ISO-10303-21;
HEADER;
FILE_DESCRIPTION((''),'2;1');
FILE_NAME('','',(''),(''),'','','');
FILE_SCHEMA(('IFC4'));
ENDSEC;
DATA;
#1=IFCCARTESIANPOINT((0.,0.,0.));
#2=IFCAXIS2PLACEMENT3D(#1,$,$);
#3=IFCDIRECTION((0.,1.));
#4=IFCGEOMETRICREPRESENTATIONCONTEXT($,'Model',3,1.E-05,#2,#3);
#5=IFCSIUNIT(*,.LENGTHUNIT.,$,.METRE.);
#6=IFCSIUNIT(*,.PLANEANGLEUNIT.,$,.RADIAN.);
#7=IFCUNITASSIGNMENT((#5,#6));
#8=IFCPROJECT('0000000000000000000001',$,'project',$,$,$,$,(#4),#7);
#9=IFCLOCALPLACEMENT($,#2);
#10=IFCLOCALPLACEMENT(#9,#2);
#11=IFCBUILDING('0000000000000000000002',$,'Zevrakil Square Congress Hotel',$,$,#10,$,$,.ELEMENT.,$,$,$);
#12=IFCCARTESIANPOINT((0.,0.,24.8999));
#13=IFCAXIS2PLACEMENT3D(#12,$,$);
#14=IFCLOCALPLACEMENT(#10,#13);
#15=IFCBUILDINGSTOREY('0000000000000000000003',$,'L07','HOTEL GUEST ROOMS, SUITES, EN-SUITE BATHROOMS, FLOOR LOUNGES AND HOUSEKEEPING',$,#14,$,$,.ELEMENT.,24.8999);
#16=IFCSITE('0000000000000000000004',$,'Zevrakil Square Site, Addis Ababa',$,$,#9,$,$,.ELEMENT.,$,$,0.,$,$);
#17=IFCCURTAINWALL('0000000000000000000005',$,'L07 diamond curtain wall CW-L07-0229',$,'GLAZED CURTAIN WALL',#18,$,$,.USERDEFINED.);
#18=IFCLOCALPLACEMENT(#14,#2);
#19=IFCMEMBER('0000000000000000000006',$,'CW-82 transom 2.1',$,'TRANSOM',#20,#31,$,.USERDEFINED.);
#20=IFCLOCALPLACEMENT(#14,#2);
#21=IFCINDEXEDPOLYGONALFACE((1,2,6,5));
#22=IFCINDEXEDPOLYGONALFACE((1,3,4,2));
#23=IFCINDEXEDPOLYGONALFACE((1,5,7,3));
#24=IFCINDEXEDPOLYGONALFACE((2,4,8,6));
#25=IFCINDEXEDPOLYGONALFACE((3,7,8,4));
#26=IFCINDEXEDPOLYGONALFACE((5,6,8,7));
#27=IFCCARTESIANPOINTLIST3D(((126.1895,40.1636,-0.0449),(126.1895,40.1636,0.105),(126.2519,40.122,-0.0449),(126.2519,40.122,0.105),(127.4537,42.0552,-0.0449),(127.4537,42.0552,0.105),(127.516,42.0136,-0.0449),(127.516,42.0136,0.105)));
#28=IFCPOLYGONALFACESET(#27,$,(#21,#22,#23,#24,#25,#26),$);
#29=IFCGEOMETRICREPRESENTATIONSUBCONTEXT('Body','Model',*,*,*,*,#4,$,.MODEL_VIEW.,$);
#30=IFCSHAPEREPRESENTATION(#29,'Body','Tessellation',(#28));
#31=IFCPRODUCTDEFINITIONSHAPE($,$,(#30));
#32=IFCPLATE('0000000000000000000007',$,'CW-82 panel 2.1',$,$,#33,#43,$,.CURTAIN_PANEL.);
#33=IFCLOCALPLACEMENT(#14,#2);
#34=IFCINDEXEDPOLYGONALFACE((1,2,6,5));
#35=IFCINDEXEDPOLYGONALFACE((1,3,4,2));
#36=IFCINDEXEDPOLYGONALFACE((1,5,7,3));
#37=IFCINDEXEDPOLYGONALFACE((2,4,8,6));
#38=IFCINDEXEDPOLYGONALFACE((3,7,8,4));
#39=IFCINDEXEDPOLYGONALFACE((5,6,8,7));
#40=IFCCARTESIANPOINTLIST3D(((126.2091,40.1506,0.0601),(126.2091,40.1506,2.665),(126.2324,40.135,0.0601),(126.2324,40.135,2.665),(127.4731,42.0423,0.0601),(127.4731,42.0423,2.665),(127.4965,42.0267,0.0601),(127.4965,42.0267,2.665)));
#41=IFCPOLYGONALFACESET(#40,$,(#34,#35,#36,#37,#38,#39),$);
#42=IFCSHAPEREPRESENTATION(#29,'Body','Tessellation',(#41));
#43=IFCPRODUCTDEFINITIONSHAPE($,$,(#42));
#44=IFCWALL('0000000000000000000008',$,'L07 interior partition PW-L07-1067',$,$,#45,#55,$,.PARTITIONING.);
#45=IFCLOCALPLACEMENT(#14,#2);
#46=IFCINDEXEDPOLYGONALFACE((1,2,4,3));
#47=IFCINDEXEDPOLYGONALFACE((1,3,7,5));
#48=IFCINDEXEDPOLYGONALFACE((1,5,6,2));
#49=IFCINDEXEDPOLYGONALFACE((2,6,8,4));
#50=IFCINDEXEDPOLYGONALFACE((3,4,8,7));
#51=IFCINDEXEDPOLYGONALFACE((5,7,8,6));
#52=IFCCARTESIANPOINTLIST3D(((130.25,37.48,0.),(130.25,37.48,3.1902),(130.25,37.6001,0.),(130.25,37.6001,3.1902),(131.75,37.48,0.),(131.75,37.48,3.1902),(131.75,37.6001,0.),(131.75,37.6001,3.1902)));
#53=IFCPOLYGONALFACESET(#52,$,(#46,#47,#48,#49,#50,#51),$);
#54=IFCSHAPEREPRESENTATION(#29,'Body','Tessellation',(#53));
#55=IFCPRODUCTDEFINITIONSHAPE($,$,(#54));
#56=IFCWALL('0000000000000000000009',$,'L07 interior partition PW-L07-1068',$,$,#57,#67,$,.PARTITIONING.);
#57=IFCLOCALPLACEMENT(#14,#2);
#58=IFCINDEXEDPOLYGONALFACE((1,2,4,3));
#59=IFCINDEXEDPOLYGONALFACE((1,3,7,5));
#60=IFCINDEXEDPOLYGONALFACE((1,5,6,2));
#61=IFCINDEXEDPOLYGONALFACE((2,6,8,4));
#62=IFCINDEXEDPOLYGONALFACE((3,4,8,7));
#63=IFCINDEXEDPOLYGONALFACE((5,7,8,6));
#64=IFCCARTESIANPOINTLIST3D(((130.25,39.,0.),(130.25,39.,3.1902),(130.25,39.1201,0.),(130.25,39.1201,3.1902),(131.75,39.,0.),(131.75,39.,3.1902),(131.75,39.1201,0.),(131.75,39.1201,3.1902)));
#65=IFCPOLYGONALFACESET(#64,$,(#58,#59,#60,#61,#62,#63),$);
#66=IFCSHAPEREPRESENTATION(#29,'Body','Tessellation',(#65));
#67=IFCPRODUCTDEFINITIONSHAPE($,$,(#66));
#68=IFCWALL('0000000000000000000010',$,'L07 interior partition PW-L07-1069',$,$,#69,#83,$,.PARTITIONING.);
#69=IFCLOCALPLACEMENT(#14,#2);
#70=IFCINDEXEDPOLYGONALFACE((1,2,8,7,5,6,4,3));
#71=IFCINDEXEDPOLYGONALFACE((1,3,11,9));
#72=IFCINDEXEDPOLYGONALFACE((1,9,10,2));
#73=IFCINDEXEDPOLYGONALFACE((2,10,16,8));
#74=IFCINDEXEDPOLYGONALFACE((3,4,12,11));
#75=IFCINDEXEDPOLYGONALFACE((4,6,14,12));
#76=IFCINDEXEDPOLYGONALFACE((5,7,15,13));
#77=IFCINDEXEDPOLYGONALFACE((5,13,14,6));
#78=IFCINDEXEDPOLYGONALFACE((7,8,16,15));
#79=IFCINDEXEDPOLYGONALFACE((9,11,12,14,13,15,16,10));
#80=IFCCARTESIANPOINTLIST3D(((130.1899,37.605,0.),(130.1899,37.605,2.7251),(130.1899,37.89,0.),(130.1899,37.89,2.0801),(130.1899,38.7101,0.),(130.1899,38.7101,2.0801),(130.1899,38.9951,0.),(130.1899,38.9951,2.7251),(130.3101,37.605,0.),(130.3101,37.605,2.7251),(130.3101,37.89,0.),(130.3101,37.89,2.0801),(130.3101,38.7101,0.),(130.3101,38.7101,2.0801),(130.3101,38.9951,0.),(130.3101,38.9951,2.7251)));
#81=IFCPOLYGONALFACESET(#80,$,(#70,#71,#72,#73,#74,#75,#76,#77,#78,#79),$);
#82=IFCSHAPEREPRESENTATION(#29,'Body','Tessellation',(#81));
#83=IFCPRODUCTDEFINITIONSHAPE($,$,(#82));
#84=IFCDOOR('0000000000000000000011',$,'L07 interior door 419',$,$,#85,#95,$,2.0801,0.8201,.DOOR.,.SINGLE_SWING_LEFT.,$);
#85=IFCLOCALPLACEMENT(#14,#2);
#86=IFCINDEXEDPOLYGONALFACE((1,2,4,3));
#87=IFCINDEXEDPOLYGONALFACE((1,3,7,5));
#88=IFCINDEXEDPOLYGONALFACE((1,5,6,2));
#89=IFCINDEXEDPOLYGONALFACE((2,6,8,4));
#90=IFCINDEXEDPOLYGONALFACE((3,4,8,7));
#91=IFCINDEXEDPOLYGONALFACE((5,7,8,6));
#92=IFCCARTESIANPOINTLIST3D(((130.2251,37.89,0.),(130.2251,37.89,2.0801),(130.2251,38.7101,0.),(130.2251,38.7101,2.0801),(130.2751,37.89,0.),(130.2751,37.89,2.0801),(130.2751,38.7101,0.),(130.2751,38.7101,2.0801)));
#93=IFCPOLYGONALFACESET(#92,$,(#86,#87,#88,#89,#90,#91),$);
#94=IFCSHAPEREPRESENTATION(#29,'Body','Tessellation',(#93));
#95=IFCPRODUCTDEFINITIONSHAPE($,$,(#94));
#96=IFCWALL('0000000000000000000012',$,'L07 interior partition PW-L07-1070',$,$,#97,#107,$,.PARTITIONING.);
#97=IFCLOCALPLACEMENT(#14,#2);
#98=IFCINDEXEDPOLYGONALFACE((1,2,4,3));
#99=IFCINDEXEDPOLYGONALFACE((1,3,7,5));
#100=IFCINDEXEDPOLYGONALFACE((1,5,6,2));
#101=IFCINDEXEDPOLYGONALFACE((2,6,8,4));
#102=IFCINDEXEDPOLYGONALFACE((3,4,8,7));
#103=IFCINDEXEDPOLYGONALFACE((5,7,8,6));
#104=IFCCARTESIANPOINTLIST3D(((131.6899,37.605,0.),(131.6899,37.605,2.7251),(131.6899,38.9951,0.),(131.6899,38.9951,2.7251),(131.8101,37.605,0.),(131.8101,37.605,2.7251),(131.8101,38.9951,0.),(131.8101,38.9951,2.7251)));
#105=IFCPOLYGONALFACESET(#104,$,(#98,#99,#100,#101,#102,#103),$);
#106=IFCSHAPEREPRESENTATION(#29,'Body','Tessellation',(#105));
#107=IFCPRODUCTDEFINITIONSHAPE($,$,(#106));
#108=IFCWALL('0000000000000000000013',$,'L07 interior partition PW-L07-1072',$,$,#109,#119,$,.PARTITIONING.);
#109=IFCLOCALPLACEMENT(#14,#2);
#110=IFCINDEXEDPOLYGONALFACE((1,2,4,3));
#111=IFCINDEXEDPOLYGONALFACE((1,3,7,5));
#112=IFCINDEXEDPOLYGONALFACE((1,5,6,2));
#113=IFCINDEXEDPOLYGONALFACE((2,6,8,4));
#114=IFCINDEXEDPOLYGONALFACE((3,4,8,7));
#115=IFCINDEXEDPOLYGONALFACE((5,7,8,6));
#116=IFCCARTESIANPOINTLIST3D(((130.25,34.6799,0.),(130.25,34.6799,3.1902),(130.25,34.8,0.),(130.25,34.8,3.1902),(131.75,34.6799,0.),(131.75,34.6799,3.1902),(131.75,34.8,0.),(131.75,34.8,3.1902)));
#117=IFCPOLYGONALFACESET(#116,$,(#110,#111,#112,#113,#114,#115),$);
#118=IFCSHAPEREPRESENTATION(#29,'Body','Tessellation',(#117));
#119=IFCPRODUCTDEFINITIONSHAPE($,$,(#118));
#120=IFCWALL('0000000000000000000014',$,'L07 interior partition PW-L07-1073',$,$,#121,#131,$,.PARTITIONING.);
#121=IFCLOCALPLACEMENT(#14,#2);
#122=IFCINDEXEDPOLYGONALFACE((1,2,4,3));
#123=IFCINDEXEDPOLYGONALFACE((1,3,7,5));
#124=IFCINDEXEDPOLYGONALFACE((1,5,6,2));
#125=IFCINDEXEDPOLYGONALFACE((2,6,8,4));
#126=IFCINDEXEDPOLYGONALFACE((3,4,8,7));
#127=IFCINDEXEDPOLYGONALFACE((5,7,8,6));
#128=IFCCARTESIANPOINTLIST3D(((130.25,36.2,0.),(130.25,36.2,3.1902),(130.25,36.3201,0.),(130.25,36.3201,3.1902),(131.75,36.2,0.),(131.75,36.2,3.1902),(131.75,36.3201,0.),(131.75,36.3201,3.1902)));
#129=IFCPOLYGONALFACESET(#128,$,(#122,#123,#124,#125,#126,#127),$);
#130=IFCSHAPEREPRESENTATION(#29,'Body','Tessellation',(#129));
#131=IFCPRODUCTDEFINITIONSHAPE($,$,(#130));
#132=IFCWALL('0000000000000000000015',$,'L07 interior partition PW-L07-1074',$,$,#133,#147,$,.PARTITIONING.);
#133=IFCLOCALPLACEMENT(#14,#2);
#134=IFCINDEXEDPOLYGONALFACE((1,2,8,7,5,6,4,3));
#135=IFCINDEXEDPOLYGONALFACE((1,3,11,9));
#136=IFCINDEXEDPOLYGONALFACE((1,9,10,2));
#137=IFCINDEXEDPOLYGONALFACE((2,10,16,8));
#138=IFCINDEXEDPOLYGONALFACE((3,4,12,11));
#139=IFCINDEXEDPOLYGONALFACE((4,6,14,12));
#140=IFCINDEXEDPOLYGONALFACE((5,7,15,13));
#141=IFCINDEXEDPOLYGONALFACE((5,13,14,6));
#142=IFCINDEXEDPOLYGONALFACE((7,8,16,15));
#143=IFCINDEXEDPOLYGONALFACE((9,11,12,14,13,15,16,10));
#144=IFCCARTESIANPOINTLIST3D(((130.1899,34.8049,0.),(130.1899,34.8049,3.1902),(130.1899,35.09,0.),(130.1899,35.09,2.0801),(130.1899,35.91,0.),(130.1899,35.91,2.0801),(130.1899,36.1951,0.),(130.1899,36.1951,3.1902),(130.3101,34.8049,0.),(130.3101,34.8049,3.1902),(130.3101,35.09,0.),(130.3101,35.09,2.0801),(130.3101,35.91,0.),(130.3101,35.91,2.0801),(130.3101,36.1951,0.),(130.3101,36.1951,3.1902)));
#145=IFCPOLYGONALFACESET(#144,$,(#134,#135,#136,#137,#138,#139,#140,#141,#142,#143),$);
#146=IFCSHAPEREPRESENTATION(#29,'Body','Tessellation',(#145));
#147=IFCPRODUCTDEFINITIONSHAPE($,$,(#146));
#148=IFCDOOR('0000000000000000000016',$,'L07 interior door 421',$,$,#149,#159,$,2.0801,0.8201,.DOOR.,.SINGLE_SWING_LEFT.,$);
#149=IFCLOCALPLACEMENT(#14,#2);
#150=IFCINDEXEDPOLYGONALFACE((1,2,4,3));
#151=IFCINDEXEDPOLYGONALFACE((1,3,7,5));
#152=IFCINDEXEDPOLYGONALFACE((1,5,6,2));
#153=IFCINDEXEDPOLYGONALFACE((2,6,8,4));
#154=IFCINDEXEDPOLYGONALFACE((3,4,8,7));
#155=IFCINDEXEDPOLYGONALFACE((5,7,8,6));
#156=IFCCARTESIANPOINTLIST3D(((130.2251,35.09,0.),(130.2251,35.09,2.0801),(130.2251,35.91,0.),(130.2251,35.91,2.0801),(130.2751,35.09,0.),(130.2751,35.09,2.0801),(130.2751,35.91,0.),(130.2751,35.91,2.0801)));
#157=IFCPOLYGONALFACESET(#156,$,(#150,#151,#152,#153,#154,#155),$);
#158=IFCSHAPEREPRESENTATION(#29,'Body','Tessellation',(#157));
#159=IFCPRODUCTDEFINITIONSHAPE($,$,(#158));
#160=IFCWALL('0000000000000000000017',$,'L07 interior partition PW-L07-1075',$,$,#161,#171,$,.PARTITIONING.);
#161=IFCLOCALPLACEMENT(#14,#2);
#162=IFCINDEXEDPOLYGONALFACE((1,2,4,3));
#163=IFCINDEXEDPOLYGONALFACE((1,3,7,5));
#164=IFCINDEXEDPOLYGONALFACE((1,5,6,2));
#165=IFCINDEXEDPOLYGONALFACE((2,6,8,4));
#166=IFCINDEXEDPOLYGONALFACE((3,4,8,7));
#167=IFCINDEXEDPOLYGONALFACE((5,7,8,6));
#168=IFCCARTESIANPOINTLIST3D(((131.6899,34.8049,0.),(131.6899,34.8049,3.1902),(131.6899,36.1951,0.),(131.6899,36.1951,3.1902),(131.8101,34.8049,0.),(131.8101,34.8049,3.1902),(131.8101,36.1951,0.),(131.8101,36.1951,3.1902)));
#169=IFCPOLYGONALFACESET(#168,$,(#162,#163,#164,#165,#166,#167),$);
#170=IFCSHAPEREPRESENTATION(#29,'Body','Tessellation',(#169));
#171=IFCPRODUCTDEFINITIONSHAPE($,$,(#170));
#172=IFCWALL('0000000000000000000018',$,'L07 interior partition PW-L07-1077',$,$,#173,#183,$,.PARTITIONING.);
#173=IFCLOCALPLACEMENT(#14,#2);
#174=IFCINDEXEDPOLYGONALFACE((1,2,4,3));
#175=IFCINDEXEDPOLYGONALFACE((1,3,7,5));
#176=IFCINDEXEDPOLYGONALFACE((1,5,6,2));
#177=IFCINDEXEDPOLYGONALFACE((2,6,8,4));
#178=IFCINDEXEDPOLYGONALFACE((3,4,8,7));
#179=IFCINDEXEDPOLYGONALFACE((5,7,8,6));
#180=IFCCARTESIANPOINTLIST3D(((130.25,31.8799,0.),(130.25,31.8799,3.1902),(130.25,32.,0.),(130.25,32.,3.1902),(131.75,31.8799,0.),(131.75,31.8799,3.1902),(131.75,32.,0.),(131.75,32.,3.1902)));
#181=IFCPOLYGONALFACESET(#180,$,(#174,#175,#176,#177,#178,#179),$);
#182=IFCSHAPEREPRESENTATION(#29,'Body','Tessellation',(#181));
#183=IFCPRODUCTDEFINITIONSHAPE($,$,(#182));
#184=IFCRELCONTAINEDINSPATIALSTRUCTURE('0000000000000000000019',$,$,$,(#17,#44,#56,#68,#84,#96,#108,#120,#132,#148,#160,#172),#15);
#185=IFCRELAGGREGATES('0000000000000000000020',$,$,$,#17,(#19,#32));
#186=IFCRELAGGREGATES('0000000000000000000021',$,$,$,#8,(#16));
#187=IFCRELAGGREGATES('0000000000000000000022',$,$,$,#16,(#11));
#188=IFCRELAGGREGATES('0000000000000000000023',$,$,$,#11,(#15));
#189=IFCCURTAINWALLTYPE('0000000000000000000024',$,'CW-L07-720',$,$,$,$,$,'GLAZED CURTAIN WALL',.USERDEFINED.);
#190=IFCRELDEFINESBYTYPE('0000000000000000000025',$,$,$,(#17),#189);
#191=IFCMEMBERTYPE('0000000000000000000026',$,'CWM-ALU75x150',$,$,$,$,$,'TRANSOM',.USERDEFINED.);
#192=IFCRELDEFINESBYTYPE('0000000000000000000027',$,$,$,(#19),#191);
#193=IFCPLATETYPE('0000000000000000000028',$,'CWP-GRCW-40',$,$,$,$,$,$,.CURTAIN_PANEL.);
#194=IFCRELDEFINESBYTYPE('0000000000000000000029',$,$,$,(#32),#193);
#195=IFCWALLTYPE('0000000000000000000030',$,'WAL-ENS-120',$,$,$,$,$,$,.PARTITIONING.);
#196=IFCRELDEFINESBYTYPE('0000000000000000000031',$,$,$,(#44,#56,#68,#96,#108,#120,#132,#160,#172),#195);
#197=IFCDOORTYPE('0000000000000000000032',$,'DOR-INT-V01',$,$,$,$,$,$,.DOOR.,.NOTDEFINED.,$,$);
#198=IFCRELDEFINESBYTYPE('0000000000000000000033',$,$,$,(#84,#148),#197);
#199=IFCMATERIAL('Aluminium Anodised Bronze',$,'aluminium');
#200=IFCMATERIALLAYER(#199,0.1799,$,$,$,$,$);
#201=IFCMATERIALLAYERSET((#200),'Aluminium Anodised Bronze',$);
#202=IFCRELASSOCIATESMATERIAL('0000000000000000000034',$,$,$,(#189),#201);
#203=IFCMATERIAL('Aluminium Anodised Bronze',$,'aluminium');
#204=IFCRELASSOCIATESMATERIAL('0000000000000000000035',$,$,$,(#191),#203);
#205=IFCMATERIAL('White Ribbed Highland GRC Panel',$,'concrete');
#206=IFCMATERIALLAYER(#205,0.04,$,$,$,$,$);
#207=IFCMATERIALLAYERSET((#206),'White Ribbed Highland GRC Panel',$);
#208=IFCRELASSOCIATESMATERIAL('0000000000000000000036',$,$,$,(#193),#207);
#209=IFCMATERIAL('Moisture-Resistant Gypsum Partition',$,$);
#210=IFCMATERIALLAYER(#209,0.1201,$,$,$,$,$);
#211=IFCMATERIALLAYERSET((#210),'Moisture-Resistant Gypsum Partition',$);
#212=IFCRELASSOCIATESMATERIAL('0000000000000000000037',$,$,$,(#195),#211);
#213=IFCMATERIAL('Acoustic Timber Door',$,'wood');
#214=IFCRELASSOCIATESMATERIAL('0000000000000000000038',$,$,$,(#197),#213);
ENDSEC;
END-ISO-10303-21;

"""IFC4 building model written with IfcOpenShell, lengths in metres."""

from ifc_helpers import new_model, si_unit, direction, frame, frame_2d, origin, origin_2d, place, context, subcontext, project, spatial, rectangle, extrude, material, layer, layer_set, material_profile, profile_set, type_object, element, fill, aggregate, save


model = new_model("IFC4")

# Units and contexts
model_context = context("Model", 3, precision=1e-05, world=origin(), true_north=direction((0.0, 1.0)))
body_context = subcontext(model_context, "Body", "Model", "MODEL_VIEW")
ifc_project = project(units=[si_unit("LENGTHUNIT", "METRE"), si_unit("PLANEANGLEUNIT", "RADIAN")], contexts=[model_context])

# Site, building, storey
site_placement = place(None, origin())
site = spatial("IfcSite", under=ifc_project, at=site_placement, Name="Zevrakil Square Site, Addis Ababa", CompositionType="ELEMENT", RefElevation=0.0)
building_placement = place(site_placement, origin())
building = spatial("IfcBuilding", under=site, at=building_placement, Name="Zevrakil Square Congress Hotel", CompositionType="ELEMENT")
storey_placement = place(building_placement, frame((0.0, 0.0, 24.8999)))
storey = spatial("IfcBuildingStorey", under=building, at=storey_placement, Name="L07", Description="HOTEL GUEST ROOMS, SUITES, EN-SUITE BATHROOMS, FLOOR LOUNGES AND HOUSEKEEPING", CompositionType="ELEMENT", Elevation=24.8999)

# Curtain wall, member, plate
ifc_material_1 = material(Name="Aluminium Anodised Bronze", Category="aluminium")
ifc_layer_1 = layer(ifc_material_1, 0.1799)
ifc_layer_set_1 = layer_set([ifc_layer_1], Name="Aluminium Anodised Bronze")
curtain_wall_type = type_object("IfcCurtainWallType", Name="CW-L07-720", ElementType="GLAZED CURTAIN WALL", PredefinedType="USERDEFINED", material=ifc_layer_set_1)
curtain_wall_placement = place(storey_placement, origin())
curtain_wall = element("IfcCurtainWall", 1, at=curtain_wall_placement, inside=storey, type_object=curtain_wall_type, Name="L07 diamond curtain wall CW-L07-0229", ObjectType="GLAZED CURTAIN WALL", PredefinedType="USERDEFINED")
ifc_material_2 = material(Name="Aluminium Anodised Bronze", Category="aluminium")
ifc_material_profile_1 = material_profile(ifc_material_2, rectangle(XDim=0.075, YDim=0.1499, at=origin_2d()), Name="ALU 75x150")
ifc_profile_set_1 = profile_set([ifc_material_profile_1], Name="Aluminium Anodised Bronze")
member_type = type_object("IfcMemberType", Name="CWM-ALU75x150", ElementType="TRANSOM", PredefinedType="USERDEFINED", material=ifc_profile_set_1)
member_placement = place(storey_placement, frame((127.4849, 42.0344, 0.03), z_axis=(-0.555641, -0.831422, 0.0), x_axis=(0.831422, -0.555641, 0.0)))
member = element("IfcMember", 2, at=member_placement, type_object=member_type, Name="CW-82 transom 2.1", ObjectType="TRANSOM", PredefinedType="USERDEFINED", context=body_context, shape_type="SweptSolid", body=[
    extrude(rectangle(XDim=0.075, YDim=0.1499, at=origin_2d()), origin(), (0.0, 0.0, 1.0), 2.2751),
])
ifc_material_3 = material(Name="White Ribbed Highland GRC Panel", Category="concrete")
ifc_layer_2 = layer(ifc_material_3, 0.04)
ifc_layer_set_2 = layer_set([ifc_layer_2], Name="White Ribbed Highland GRC Panel")
plate_type = type_object("IfcPlateType", Name="CWP-GRCW-40", PredefinedType="CURTAIN_PANEL", material=ifc_layer_set_2)
plate_placement = place(storey_placement, frame((126.8528, 41.0886, 0.0601), z_axis=(0.0, 0.0, 1.0), x_axis=(-0.555576, -0.831466, 0.0)))
plate = element("IfcPlate", 3, at=plate_placement, type_object=plate_type, Name="CW-82 panel 2.1", PredefinedType="CURTAIN_PANEL", context=body_context, shape_type="SweptSolid", body=[
    extrude(rectangle(XDim=2.2751, YDim=0.0281, at=origin_2d()), origin(), (0.0, 0.0, 1.0), 2.605),
])
aggregate(curtain_wall, [member, plate])

# Walls
ifc_material_4 = material(Name="Moisture-Resistant Gypsum Partition")
ifc_layer_3 = layer(ifc_material_4, 0.1201)
ifc_layer_set_3 = layer_set([ifc_layer_3], Name="Moisture-Resistant Gypsum Partition")
wall_type_1 = type_object("IfcWallType", Name="WAL-ENS-120", PredefinedType="PARTITIONING", material=ifc_layer_set_3)
for number, where, z_axis, x_axis, name in (
    (4, (130.25, 37.54, 0.0), (0.0, 0.0, 1.0), (1.0, 0.0, 0.0), "L07 interior partition PW-L07-1067"),
    (5, (130.25, 39.0601, 0.0), (0.0, 0.0, 1.0), (1.0, 0.0, 0.0), "L07 interior partition PW-L07-1068"),
):
    element("IfcWall", number, at=place(storey_placement, frame(where, z_axis=z_axis, x_axis=x_axis)), inside=storey, type_object=wall_type_1, Name=name, PredefinedType="PARTITIONING", context=body_context, shape_type="SweptSolid", body=[
        extrude(rectangle(XDim=1.5, YDim=0.1201, at=frame_2d((0.75, 0.0))), origin(), (0.0, 0.0, 1.0), 3.1902),
    ])

# Wall, opening, door
wall_1_placement = place(storey_placement, frame((130.25, 37.605, 0.0), z_axis=(0.0, 0.0, 1.0), x_axis=(0.0, 1.0, 0.0)))
wall_1 = element("IfcWall", 6, at=wall_1_placement, inside=storey, type_object=wall_type_1, Name="L07 interior partition PW-L07-1069", PredefinedType="PARTITIONING", context=body_context, shape_type="SweptSolid", body=[
    extrude(rectangle(XDim=1.3901, YDim=0.1201, at=frame_2d((0.6951, 0.0))), origin(), (0.0, 0.0, 1.0), 2.7251),
])
opening_1_placement = place(wall_1_placement, frame((0.2849, 0.0, 0.0)))
opening_1 = element("IfcOpeningElement", 7, at=opening_1_placement, cuts=wall_1, PredefinedType="OPENING", context=body_context, shape_type="SweptSolid", body=[
    extrude(rectangle(XDim=0.8201, YDim=2.0801, at=frame_2d((0.4102, 1.04))), frame((0.0, 0.0701, 0.0), z_axis=(0.0, -1.0, 0.0), x_axis=(1.0, 0.0, 0.0)), (0.0, 0.0, 1.0), 0.1401),
])
ifc_material_5 = material(Name="Acoustic Timber Door", Category="wood")
door_type_1 = type_object("IfcDoorType", Name="DOR-INT-V01", OperationType="NOTDEFINED", PredefinedType="DOOR", material=ifc_material_5)
door_1_placement = place(opening_1_placement, origin())
door_1 = element("IfcDoor", 8, at=door_1_placement, inside=storey, type_object=door_type_1, Name="L07 interior door 419", OperationType="SINGLE_SWING_LEFT", OverallHeight=2.0801, OverallWidth=0.8201, PredefinedType="DOOR", context=body_context, shape_type="SweptSolid", body=[
    extrude(rectangle(XDim=0.8201, YDim=2.0801, at=frame_2d((0.4102, 1.04))), frame((0.0, 0.0249, 0.0), z_axis=(0.0, -1.0, 0.0), x_axis=(1.0, 0.0, 0.0)), (0.0, 0.0, 1.0), 0.05),
])
fill(opening_1, door_1)

# Walls
wall_2_placement = place(storey_placement, frame((131.75, 37.605, 0.0), z_axis=(0.0, 0.0, 1.0), x_axis=(0.0, 1.0, 0.0)))
element("IfcWall", 9, at=wall_2_placement, inside=storey, type_object=wall_type_1, Name="L07 interior partition PW-L07-1070", PredefinedType="PARTITIONING", context=body_context, shape_type="SweptSolid", body=[
    extrude(rectangle(XDim=1.3901, YDim=0.1201, at=frame_2d((0.6951, 0.0))), origin(), (0.0, 0.0, 1.0), 2.7251),
])
for number, where, z_axis, x_axis, name in (
    (10, (130.25, 34.74, 0.0), (0.0, 0.0, 1.0), (1.0, 0.0, 0.0), "L07 interior partition PW-L07-1072"),
    (11, (130.25, 36.26, 0.0), (0.0, 0.0, 1.0), (1.0, 0.0, 0.0), "L07 interior partition PW-L07-1073"),
):
    element("IfcWall", number, at=place(storey_placement, frame(where, z_axis=z_axis, x_axis=x_axis)), inside=storey, type_object=wall_type_1, Name=name, PredefinedType="PARTITIONING", context=body_context, shape_type="SweptSolid", body=[
        extrude(rectangle(XDim=1.5, YDim=0.1201, at=frame_2d((0.75, 0.0))), origin(), (0.0, 0.0, 1.0), 3.1902),
    ])

# Wall, opening, door
wall_3_placement = place(storey_placement, frame((130.25, 34.8049, 0.0), z_axis=(0.0, 0.0, 1.0), x_axis=(0.0, 1.0, 0.0)))
wall_3 = element("IfcWall", 12, at=wall_3_placement, inside=storey, type_object=wall_type_1, Name="L07 interior partition PW-L07-1074", PredefinedType="PARTITIONING", context=body_context, shape_type="SweptSolid", body=[
    extrude(rectangle(XDim=1.3901, YDim=0.1201, at=frame_2d((0.6951, 0.0))), origin(), (0.0, 0.0, 1.0), 3.1902),
])
opening_2_placement = place(wall_3_placement, frame((0.2849, 0.0, 0.0)))
opening_2 = element("IfcOpeningElement", 13, at=opening_2_placement, cuts=wall_3, PredefinedType="OPENING", context=body_context, shape_type="SweptSolid", body=[
    extrude(rectangle(XDim=0.8201, YDim=2.0801, at=frame_2d((0.4102, 1.04))), frame((0.0, 0.0701, 0.0), z_axis=(0.0, -1.0, 0.0), x_axis=(1.0, 0.0, 0.0)), (0.0, 0.0, 1.0), 0.1401),
])
door_2_placement = place(opening_2_placement, origin())
door_2 = element("IfcDoor", 14, at=door_2_placement, inside=storey, type_object=door_type_1, Name="L07 interior door 421", OperationType="SINGLE_SWING_LEFT", OverallHeight=2.0801, OverallWidth=0.8201, PredefinedType="DOOR", context=body_context, shape_type="SweptSolid", body=[
    extrude(rectangle(XDim=0.8201, YDim=2.0801, at=frame_2d((0.4102, 1.04))), frame((0.0, 0.0249, 0.0), z_axis=(0.0, -1.0, 0.0), x_axis=(1.0, 0.0, 0.0)), (0.0, 0.0, 1.0), 0.05),
])
fill(opening_2, door_2)

# Walls
wall_4_placement = place(storey_placement, frame((131.75, 34.8049, 0.0), z_axis=(0.0, 0.0, 1.0), x_axis=(0.0, 1.0, 0.0)))
element("IfcWall", 15, at=wall_4_placement, inside=storey, type_object=wall_type_1, Name="L07 interior partition PW-L07-1075", PredefinedType="PARTITIONING", context=body_context, shape_type="SweptSolid", body=[
    extrude(rectangle(XDim=1.3901, YDim=0.1201, at=frame_2d((0.6951, 0.0))), origin(), (0.0, 0.0, 1.0), 3.1902),
])
for number, where, z_axis, x_axis, name in (
    (16, (130.25, 31.9399, 0.0), (0.0, 0.0, 1.0), (1.0, 0.0, 0.0), "L07 interior partition PW-L07-1077"),
):
    element("IfcWall", number, at=place(storey_placement, frame(where, z_axis=z_axis, x_axis=x_axis)), inside=storey, type_object=wall_type_1, Name=name, PredefinedType="PARTITIONING", context=body_context, shape_type="SweptSolid", body=[
        extrude(rectangle(XDim=1.5, YDim=0.1201, at=frame_2d((0.75, 0.0))), origin(), (0.0, 0.0, 1.0), 3.1902),
    ])

save(model, "model.ifc")
